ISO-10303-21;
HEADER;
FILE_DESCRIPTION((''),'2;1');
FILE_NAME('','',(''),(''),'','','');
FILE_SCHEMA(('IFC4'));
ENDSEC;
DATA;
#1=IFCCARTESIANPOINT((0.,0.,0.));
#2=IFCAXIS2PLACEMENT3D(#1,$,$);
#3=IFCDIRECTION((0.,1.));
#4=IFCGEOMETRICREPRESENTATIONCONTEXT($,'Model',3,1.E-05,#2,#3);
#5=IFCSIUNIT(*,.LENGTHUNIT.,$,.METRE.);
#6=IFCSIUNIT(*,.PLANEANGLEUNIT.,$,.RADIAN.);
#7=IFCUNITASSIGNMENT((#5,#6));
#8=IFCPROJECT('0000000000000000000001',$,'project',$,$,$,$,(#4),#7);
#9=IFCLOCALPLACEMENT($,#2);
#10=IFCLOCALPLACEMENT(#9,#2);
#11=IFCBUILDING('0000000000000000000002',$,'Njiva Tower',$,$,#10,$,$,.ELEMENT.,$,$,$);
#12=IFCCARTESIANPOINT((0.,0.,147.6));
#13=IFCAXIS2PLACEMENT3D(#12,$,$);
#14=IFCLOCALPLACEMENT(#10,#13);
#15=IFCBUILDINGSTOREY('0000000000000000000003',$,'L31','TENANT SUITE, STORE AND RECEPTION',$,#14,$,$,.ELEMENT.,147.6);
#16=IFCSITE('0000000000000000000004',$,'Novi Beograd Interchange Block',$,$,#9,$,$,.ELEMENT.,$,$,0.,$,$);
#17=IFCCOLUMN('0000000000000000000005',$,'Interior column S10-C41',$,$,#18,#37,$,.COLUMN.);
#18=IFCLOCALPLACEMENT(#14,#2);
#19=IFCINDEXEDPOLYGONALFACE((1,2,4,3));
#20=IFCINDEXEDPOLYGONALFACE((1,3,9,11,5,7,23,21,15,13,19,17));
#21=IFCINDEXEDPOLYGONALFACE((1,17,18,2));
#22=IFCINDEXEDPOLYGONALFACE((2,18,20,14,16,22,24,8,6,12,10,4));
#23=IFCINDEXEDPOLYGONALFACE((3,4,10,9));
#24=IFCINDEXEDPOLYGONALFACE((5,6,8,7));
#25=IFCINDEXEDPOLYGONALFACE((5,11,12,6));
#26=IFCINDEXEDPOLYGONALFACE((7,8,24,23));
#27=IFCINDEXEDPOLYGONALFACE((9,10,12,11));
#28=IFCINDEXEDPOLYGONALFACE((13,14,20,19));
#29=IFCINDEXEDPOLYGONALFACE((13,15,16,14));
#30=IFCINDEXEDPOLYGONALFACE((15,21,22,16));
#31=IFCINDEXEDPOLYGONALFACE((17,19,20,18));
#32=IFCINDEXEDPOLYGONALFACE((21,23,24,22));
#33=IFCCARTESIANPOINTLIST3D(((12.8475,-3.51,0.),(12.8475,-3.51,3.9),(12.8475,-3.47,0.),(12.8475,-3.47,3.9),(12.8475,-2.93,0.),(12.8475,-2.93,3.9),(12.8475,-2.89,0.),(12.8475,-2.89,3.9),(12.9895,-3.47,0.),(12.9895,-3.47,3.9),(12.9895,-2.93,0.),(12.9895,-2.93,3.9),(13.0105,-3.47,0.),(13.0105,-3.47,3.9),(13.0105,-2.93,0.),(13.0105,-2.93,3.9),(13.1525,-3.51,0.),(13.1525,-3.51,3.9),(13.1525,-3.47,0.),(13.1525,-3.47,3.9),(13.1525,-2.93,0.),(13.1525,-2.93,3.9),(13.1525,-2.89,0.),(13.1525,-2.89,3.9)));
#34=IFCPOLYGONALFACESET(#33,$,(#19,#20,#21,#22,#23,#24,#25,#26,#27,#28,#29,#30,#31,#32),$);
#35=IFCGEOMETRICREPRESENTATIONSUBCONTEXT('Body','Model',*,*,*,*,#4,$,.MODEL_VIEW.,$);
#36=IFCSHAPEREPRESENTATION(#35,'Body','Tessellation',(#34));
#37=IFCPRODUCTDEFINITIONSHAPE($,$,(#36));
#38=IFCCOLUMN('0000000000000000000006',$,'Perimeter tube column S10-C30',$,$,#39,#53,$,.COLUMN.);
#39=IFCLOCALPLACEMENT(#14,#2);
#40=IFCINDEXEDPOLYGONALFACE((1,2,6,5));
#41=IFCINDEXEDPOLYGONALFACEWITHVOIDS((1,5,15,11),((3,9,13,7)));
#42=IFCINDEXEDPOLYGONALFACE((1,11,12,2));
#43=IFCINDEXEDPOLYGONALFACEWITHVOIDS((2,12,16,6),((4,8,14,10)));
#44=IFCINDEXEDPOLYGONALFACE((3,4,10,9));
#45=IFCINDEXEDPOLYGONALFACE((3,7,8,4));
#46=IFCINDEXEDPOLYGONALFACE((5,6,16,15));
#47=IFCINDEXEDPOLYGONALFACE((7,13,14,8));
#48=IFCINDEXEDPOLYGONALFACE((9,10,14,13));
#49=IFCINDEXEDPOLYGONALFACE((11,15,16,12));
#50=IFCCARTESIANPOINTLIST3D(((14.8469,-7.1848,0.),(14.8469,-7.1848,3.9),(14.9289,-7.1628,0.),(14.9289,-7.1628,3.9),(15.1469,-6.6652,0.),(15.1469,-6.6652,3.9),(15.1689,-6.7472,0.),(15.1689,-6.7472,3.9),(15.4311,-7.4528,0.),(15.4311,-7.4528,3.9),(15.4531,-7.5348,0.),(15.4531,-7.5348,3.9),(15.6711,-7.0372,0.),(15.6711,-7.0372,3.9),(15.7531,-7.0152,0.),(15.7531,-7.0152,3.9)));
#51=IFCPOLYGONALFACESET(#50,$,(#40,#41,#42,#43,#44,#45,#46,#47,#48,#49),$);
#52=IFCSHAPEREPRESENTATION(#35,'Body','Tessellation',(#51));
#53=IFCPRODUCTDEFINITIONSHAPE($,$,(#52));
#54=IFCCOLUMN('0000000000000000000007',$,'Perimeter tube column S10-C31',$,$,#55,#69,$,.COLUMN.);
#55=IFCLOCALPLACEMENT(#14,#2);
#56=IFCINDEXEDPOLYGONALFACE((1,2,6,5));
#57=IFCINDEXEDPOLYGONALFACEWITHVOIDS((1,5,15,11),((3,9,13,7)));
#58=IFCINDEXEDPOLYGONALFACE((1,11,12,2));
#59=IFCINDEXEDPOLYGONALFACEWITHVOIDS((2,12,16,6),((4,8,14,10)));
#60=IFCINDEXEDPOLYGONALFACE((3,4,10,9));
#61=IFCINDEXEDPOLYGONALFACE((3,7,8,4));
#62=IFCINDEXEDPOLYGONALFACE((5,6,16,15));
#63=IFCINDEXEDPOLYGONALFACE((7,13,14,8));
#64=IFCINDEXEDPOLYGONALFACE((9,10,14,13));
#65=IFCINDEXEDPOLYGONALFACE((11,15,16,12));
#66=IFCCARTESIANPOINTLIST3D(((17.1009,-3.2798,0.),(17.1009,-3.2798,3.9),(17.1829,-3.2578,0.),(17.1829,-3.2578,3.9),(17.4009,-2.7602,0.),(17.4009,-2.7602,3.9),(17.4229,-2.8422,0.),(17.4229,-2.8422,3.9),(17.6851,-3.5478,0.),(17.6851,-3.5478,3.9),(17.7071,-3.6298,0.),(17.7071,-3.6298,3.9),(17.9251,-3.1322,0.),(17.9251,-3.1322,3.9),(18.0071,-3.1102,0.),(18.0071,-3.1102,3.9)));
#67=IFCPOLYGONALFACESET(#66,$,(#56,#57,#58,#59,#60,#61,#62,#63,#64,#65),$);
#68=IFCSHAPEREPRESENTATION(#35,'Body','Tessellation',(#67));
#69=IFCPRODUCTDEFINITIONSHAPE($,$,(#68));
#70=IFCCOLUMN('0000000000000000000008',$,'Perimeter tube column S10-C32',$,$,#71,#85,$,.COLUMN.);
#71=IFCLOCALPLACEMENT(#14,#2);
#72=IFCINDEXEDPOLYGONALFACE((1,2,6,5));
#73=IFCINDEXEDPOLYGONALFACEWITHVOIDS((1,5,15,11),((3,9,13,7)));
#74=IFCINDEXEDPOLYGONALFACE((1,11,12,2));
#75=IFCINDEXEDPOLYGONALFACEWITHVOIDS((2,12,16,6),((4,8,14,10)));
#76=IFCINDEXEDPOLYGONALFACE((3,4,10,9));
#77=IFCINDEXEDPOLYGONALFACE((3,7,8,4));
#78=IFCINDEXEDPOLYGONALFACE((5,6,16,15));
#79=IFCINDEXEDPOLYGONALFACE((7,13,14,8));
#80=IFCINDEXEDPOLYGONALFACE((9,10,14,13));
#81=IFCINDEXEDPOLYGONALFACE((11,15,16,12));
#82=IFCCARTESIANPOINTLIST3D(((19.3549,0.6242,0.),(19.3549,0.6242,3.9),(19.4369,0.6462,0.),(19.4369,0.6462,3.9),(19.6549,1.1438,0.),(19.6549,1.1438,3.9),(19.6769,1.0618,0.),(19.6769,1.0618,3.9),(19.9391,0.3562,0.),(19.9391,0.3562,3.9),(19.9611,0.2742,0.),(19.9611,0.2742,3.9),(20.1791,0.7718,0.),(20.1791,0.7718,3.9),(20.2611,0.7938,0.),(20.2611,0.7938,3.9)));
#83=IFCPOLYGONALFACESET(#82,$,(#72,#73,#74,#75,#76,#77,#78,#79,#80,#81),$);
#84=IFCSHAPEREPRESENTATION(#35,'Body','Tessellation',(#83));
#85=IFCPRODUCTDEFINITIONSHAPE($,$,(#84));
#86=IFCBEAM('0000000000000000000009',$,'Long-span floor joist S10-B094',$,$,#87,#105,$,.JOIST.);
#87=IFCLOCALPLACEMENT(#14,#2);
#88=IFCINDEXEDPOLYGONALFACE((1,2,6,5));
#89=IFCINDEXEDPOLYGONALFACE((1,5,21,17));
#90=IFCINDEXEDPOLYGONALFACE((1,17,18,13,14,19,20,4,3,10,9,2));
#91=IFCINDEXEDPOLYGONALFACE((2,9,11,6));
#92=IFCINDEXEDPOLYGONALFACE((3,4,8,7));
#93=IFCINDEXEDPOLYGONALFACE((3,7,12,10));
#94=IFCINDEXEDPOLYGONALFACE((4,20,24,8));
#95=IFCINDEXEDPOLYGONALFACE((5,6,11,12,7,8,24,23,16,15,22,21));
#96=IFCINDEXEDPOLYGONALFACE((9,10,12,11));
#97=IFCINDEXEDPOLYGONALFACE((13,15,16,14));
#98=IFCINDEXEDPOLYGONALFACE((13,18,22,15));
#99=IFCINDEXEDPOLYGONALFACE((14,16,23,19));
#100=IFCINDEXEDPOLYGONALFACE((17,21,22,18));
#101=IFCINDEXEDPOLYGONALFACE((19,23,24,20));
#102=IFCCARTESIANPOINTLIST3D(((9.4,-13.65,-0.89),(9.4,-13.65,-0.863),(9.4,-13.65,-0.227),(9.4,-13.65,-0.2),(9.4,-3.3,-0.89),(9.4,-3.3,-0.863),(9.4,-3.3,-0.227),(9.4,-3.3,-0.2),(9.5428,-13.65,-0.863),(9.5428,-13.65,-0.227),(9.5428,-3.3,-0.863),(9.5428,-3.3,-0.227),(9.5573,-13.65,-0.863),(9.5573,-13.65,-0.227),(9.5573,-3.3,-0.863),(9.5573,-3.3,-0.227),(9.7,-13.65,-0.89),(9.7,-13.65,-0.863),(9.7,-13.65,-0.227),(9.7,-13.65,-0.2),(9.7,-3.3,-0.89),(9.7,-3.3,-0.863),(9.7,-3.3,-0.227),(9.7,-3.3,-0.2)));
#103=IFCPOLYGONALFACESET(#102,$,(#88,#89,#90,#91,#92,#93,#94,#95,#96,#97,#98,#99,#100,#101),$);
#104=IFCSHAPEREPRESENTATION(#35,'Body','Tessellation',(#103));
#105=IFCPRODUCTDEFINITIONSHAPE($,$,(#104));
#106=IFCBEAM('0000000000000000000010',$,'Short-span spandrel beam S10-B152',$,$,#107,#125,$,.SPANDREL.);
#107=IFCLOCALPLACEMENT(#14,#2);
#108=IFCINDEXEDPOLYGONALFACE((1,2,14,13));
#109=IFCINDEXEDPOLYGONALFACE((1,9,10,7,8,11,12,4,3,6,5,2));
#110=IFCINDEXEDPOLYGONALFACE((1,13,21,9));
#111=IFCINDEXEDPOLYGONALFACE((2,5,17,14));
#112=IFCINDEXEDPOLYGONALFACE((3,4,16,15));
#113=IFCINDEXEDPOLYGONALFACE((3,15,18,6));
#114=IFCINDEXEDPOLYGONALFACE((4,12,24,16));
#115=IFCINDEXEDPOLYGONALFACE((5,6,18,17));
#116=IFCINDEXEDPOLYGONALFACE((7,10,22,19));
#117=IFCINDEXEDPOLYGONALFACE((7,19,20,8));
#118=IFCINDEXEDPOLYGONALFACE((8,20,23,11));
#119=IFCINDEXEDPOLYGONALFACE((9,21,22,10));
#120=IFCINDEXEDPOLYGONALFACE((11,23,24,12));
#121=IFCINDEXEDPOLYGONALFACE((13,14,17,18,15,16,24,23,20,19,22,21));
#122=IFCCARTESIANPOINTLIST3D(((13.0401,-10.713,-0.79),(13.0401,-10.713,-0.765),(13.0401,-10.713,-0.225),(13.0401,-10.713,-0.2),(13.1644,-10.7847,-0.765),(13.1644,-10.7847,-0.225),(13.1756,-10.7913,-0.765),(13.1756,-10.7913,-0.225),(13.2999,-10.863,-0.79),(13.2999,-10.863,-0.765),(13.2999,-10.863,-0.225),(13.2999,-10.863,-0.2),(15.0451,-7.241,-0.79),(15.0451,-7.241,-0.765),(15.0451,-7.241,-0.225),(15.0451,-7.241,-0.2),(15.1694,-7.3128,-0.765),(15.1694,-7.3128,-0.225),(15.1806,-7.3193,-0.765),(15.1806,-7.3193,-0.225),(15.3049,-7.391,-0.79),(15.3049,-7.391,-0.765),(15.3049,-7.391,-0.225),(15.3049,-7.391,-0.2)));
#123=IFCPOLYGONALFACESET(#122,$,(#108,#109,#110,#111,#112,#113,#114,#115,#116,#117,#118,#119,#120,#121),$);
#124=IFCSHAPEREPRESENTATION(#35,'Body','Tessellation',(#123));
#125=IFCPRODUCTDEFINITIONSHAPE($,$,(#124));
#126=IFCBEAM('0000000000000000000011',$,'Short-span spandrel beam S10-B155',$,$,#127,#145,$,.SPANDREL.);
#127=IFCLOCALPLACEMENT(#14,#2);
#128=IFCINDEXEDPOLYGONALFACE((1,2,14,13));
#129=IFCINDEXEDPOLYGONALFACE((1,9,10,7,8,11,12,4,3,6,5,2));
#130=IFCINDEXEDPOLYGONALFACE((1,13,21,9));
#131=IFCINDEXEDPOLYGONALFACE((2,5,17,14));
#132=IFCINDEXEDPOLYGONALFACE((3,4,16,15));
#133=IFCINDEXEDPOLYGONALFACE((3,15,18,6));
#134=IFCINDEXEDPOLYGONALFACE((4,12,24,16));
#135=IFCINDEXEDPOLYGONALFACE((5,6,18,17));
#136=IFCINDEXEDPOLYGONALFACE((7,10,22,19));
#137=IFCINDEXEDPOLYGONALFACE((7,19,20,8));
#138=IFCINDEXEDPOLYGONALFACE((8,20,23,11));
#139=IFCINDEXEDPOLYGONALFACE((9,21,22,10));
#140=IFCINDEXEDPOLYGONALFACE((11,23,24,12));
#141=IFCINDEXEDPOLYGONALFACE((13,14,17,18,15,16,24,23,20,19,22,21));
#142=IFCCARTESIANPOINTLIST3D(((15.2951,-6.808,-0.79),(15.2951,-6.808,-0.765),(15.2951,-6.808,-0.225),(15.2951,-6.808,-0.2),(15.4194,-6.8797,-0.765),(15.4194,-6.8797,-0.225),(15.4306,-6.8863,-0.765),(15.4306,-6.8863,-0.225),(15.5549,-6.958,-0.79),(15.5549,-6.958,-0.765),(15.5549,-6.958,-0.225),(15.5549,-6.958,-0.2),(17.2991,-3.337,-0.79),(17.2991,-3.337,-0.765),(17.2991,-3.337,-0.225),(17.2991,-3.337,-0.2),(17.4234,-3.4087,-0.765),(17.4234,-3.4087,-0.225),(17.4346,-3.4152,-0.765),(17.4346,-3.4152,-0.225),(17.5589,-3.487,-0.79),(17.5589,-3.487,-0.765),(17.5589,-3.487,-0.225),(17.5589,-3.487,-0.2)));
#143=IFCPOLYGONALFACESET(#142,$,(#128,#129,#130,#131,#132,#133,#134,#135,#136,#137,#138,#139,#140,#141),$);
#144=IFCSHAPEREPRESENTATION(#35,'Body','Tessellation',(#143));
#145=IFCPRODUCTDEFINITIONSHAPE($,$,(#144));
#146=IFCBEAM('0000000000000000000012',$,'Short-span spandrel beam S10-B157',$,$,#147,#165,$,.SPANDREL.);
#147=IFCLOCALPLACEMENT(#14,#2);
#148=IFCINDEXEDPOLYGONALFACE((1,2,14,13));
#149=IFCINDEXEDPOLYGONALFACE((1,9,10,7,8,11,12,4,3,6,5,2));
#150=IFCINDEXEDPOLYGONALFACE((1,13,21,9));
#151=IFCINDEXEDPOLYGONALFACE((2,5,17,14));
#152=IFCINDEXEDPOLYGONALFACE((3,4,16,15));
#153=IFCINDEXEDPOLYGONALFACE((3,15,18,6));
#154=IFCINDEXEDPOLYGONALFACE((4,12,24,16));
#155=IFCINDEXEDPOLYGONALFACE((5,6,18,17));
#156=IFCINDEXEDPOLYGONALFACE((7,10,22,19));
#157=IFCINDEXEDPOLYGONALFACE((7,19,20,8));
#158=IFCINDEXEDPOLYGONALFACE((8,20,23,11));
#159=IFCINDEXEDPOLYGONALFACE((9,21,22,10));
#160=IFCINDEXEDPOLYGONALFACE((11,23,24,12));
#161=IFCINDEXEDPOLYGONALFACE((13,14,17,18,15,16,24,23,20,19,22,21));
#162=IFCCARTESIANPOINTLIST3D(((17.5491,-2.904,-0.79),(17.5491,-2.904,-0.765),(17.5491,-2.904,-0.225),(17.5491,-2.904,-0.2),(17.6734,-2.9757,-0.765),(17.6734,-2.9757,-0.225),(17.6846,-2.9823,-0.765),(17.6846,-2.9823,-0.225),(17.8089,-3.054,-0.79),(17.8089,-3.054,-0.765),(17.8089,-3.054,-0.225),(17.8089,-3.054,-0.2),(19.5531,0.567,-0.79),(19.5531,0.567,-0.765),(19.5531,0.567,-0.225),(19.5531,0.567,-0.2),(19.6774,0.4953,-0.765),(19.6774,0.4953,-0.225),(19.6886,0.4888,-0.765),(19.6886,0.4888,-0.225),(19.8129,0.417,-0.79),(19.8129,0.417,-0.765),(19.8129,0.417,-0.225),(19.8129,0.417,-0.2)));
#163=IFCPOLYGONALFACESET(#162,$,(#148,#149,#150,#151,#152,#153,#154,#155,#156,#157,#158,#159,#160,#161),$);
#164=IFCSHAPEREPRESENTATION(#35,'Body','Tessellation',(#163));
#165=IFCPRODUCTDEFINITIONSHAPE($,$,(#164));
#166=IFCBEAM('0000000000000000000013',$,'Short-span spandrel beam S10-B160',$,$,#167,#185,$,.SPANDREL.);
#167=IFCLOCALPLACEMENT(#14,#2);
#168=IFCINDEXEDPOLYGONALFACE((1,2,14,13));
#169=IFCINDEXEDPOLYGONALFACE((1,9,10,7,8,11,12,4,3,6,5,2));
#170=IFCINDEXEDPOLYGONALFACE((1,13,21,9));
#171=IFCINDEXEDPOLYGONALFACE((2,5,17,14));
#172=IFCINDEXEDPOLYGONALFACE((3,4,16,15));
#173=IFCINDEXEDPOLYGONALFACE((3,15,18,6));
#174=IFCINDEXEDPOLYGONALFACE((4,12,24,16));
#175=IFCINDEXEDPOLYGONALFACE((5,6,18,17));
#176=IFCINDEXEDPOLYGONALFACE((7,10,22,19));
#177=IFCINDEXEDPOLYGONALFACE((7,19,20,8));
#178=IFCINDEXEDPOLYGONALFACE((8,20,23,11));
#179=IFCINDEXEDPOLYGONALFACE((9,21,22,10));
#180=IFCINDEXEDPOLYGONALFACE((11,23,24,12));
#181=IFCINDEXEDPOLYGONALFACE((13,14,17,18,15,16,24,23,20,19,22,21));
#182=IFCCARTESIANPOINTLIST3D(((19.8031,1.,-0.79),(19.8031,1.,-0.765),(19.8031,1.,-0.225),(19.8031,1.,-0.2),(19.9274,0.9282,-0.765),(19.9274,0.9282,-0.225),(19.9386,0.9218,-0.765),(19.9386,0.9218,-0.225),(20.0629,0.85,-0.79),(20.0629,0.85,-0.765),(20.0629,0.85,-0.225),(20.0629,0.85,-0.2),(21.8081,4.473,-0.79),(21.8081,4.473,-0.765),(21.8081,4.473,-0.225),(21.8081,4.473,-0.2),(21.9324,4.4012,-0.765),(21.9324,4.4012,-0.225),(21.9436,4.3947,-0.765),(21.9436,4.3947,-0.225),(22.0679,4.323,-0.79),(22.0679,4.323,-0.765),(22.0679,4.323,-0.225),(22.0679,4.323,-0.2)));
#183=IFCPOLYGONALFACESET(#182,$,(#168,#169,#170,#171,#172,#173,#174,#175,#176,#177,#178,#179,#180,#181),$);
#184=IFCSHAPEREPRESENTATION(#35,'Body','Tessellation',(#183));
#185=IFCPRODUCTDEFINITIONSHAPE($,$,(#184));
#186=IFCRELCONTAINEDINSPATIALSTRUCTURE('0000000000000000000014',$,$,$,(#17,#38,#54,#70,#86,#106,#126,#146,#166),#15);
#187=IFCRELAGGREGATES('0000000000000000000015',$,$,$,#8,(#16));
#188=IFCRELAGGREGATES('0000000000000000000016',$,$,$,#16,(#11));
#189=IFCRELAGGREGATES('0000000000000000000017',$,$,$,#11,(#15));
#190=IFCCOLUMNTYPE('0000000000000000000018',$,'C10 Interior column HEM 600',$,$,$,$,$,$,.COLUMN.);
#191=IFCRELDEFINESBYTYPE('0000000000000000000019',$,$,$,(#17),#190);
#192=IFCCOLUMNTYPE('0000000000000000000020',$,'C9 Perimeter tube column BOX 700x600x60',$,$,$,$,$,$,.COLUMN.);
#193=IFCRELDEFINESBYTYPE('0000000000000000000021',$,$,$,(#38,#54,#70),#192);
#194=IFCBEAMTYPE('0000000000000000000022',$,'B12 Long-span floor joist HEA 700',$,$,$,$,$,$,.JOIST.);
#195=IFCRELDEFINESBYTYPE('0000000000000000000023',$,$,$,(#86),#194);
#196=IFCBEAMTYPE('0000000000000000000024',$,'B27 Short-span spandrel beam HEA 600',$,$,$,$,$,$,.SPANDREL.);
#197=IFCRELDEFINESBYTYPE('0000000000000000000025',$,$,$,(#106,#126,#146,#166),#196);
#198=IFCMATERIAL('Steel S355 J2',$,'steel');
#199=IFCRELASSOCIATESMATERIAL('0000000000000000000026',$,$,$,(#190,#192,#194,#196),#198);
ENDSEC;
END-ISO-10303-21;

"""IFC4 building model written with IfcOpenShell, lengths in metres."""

from ifc_helpers import new_model, si_unit, direction, frame, origin, origin_2d, place, context, subcontext, project, spatial, hollow_rectangle, i_section, extrude, material, material_profile, profile_set, type_object, element, save


model = new_model("IFC4")

# Units and contexts
model_context = context("Model", 3, precision=1e-05, world=origin(), true_north=direction((0.0, 1.0)))
body_context = subcontext(model_context, "Body", "Model", "MODEL_VIEW")
ifc_project = project(units=[si_unit("LENGTHUNIT", "METRE"), si_unit("PLANEANGLEUNIT", "RADIAN")], contexts=[model_context])

# Site, building, storey
site_placement = place(None, origin())
site = spatial("IfcSite", under=ifc_project, at=site_placement, Name="Novi Beograd Interchange Block", CompositionType="ELEMENT", RefElevation=0.0)
building_placement = place(site_placement, origin())
building = spatial("IfcBuilding", under=site, at=building_placement, Name="Njiva Tower", CompositionType="ELEMENT")
storey_placement = place(building_placement, frame((0.0, 0.0, 147.6)))
storey = spatial("IfcBuildingStorey", under=building, at=storey_placement, Name="L31", Description="TENANT SUITE, STORE AND RECEPTION", CompositionType="ELEMENT", Elevation=147.6)

# Columns
ifc_material_1 = material(Name="Steel S355 J2", Category="steel")
ifc_material_profile_1 = material_profile(ifc_material_1, i_section(OverallWidth=0.305, OverallDepth=0.62, WebThickness=0.021, FlangeThickness=0.04, at=origin_2d()), Name="HEM 600")
ifc_profile_set_1 = profile_set([ifc_material_profile_1], Name="Steel S355 J2")
column_type_1 = type_object("IfcColumnType", Name="C10 Interior column HEM 600", PredefinedType="COLUMN", material=ifc_profile_set_1)
column_placement = place(storey_placement, frame((13.0, -3.2, 0.0), z_axis=(0.0, 0.0, 1.0), x_axis=(1.0, 0.0, 0.0)))
element("IfcColumn", 1, at=column_placement, inside=storey, type_object=column_type_1, Name="Interior column S10-C41", PredefinedType="COLUMN", context=body_context, shape_type="SweptSolid", body=[
    extrude(i_section(OverallWidth=0.305, OverallDepth=0.62, WebThickness=0.021, FlangeThickness=0.04, at=origin_2d()), origin(), (0.0, 0.0, 1.0), 3.9),
])
ifc_material_profile_2 = material_profile(ifc_material_1, hollow_rectangle(XDim=0.6, YDim=0.7, WallThickness=0.06, at=origin_2d()), Name="BOX 700x600x60")
ifc_profile_set_2 = profile_set([ifc_material_profile_2], Name="Steel S355 J2")
column_type_2 = type_object("IfcColumnType", Name="C9 Perimeter tube column BOX 700x600x60", PredefinedType="COLUMN", material=ifc_profile_set_2)
for number, where, z_axis, x_axis, name in (
    (2, (15.3, -7.1, 0.0), (0.0, 0.0, 1.0), (0.5, 0.866025, 0.0), "Perimeter tube column S10-C30"),
    (3, (17.554, -3.195, 0.0), (0.0, 0.0, 1.0), (0.5, 0.866025, 0.0), "Perimeter tube column S10-C31"),
    (4, (19.808, 0.709, 0.0), (0.0, 0.0, 1.0), (0.5, 0.866025, 0.0), "Perimeter tube column S10-C32"),
):
    element("IfcColumn", number, at=place(storey_placement, frame(where, z_axis=z_axis, x_axis=x_axis)), inside=storey, type_object=column_type_2, Name=name, PredefinedType="COLUMN", context=body_context, shape_type="SweptSolid", body=[
        extrude(hollow_rectangle(XDim=0.6, YDim=0.7, WallThickness=0.06, at=origin_2d()), origin(), (0.0, 0.0, 1.0), 3.9),
    ])

# Beams
ifc_material_profile_3 = material_profile(ifc_material_1, i_section(OverallWidth=0.3, OverallDepth=0.69, WebThickness=0.0145, FlangeThickness=0.027, at=origin_2d()), Name="HEA 700")
ifc_profile_set_3 = profile_set([ifc_material_profile_3], Name="Steel S355 J2")
beam_type_1 = type_object("IfcBeamType", Name="B12 Long-span floor joist HEA 700", PredefinedType="JOIST", material=ifc_profile_set_3)
beam_1_placement = place(storey_placement, frame((9.55, -3.3, -0.545), z_axis=(0.0, -1.0, 0.0), x_axis=(1.0, 0.0, 0.0)))
element("IfcBeam", 5, at=beam_1_placement, inside=storey, type_object=beam_type_1, Name="Long-span floor joist S10-B094", PredefinedType="JOIST", context=body_context, shape_type="SweptSolid", body=[
    extrude(i_section(OverallWidth=0.3, OverallDepth=0.69, WebThickness=0.0145, FlangeThickness=0.027, at=origin_2d()), origin(), (0.0, 0.0, 1.0), 10.35),
])
ifc_material_profile_4 = material_profile(ifc_material_1, i_section(OverallWidth=0.3, OverallDepth=0.59, WebThickness=0.013, FlangeThickness=0.025, at=origin_2d()), Name="HEA 600")
ifc_profile_set_4 = profile_set([ifc_material_profile_4], Name="Steel S355 J2")
beam_type_2 = type_object("IfcBeamType", Name="B27 Short-span spandrel beam HEA 600", PredefinedType="SPANDREL", material=ifc_profile_set_4)
beam_2_placement = place(storey_placement, frame((13.17, -10.788, -0.495), z_axis=(0.500082, 0.865978, 0.0), x_axis=(-0.865978, 0.500082, 0.0)))
element("IfcBeam", 6, at=beam_2_placement, inside=storey, type_object=beam_type_2, Name="Short-span spandrel beam S10-B152", PredefinedType="SPANDREL", context=body_context, shape_type="SweptSolid", body=[
    extrude(i_section(OverallWidth=0.3, OverallDepth=0.59, WebThickness=0.013, FlangeThickness=0.025, at=origin_2d()), origin(), (0.0, 0.0, 1.0), 4.0093),
])
for number, where, z_axis, x_axis, name in (
    (7, (15.425, -6.883, -0.495), (0.500003, 0.866024, 0.0), (-0.866024, 0.500003, 0.0), "Short-span spandrel beam S10-B155"),
    (8, (17.679, -2.979, -0.495), (0.500003, 0.866024, 0.0), (-0.866024, 0.500003, 0.0), "Short-span spandrel beam S10-B157"),
):
    element("IfcBeam", number, at=place(storey_placement, frame(where, z_axis=z_axis, x_axis=x_axis)), inside=storey, type_object=beam_type_2, Name=name, PredefinedType="SPANDREL", context=body_context, shape_type="SweptSolid", body=[
        extrude(i_section(OverallWidth=0.3, OverallDepth=0.59, WebThickness=0.013, FlangeThickness=0.025, at=origin_2d()), origin(), (0.0, 0.0, 1.0), 4.008),
    ])
beam_3_placement = place(storey_placement, frame((19.933, 0.925, -0.495), z_axis=(0.499974, 0.86604, 0.0), x_axis=(-0.86604, 0.499974, 0.0)))
element("IfcBeam", 9, at=beam_3_placement, inside=storey, type_object=beam_type_2, Name="Short-span spandrel beam S10-B160", PredefinedType="SPANDREL", context=body_context, shape_type="SweptSolid", body=[
    extrude(i_section(OverallWidth=0.3, OverallDepth=0.59, WebThickness=0.013, FlangeThickness=0.025, at=origin_2d()), origin(), (0.0, 0.0, 1.0), 4.0102),
])

save(model, "model.ifc")
